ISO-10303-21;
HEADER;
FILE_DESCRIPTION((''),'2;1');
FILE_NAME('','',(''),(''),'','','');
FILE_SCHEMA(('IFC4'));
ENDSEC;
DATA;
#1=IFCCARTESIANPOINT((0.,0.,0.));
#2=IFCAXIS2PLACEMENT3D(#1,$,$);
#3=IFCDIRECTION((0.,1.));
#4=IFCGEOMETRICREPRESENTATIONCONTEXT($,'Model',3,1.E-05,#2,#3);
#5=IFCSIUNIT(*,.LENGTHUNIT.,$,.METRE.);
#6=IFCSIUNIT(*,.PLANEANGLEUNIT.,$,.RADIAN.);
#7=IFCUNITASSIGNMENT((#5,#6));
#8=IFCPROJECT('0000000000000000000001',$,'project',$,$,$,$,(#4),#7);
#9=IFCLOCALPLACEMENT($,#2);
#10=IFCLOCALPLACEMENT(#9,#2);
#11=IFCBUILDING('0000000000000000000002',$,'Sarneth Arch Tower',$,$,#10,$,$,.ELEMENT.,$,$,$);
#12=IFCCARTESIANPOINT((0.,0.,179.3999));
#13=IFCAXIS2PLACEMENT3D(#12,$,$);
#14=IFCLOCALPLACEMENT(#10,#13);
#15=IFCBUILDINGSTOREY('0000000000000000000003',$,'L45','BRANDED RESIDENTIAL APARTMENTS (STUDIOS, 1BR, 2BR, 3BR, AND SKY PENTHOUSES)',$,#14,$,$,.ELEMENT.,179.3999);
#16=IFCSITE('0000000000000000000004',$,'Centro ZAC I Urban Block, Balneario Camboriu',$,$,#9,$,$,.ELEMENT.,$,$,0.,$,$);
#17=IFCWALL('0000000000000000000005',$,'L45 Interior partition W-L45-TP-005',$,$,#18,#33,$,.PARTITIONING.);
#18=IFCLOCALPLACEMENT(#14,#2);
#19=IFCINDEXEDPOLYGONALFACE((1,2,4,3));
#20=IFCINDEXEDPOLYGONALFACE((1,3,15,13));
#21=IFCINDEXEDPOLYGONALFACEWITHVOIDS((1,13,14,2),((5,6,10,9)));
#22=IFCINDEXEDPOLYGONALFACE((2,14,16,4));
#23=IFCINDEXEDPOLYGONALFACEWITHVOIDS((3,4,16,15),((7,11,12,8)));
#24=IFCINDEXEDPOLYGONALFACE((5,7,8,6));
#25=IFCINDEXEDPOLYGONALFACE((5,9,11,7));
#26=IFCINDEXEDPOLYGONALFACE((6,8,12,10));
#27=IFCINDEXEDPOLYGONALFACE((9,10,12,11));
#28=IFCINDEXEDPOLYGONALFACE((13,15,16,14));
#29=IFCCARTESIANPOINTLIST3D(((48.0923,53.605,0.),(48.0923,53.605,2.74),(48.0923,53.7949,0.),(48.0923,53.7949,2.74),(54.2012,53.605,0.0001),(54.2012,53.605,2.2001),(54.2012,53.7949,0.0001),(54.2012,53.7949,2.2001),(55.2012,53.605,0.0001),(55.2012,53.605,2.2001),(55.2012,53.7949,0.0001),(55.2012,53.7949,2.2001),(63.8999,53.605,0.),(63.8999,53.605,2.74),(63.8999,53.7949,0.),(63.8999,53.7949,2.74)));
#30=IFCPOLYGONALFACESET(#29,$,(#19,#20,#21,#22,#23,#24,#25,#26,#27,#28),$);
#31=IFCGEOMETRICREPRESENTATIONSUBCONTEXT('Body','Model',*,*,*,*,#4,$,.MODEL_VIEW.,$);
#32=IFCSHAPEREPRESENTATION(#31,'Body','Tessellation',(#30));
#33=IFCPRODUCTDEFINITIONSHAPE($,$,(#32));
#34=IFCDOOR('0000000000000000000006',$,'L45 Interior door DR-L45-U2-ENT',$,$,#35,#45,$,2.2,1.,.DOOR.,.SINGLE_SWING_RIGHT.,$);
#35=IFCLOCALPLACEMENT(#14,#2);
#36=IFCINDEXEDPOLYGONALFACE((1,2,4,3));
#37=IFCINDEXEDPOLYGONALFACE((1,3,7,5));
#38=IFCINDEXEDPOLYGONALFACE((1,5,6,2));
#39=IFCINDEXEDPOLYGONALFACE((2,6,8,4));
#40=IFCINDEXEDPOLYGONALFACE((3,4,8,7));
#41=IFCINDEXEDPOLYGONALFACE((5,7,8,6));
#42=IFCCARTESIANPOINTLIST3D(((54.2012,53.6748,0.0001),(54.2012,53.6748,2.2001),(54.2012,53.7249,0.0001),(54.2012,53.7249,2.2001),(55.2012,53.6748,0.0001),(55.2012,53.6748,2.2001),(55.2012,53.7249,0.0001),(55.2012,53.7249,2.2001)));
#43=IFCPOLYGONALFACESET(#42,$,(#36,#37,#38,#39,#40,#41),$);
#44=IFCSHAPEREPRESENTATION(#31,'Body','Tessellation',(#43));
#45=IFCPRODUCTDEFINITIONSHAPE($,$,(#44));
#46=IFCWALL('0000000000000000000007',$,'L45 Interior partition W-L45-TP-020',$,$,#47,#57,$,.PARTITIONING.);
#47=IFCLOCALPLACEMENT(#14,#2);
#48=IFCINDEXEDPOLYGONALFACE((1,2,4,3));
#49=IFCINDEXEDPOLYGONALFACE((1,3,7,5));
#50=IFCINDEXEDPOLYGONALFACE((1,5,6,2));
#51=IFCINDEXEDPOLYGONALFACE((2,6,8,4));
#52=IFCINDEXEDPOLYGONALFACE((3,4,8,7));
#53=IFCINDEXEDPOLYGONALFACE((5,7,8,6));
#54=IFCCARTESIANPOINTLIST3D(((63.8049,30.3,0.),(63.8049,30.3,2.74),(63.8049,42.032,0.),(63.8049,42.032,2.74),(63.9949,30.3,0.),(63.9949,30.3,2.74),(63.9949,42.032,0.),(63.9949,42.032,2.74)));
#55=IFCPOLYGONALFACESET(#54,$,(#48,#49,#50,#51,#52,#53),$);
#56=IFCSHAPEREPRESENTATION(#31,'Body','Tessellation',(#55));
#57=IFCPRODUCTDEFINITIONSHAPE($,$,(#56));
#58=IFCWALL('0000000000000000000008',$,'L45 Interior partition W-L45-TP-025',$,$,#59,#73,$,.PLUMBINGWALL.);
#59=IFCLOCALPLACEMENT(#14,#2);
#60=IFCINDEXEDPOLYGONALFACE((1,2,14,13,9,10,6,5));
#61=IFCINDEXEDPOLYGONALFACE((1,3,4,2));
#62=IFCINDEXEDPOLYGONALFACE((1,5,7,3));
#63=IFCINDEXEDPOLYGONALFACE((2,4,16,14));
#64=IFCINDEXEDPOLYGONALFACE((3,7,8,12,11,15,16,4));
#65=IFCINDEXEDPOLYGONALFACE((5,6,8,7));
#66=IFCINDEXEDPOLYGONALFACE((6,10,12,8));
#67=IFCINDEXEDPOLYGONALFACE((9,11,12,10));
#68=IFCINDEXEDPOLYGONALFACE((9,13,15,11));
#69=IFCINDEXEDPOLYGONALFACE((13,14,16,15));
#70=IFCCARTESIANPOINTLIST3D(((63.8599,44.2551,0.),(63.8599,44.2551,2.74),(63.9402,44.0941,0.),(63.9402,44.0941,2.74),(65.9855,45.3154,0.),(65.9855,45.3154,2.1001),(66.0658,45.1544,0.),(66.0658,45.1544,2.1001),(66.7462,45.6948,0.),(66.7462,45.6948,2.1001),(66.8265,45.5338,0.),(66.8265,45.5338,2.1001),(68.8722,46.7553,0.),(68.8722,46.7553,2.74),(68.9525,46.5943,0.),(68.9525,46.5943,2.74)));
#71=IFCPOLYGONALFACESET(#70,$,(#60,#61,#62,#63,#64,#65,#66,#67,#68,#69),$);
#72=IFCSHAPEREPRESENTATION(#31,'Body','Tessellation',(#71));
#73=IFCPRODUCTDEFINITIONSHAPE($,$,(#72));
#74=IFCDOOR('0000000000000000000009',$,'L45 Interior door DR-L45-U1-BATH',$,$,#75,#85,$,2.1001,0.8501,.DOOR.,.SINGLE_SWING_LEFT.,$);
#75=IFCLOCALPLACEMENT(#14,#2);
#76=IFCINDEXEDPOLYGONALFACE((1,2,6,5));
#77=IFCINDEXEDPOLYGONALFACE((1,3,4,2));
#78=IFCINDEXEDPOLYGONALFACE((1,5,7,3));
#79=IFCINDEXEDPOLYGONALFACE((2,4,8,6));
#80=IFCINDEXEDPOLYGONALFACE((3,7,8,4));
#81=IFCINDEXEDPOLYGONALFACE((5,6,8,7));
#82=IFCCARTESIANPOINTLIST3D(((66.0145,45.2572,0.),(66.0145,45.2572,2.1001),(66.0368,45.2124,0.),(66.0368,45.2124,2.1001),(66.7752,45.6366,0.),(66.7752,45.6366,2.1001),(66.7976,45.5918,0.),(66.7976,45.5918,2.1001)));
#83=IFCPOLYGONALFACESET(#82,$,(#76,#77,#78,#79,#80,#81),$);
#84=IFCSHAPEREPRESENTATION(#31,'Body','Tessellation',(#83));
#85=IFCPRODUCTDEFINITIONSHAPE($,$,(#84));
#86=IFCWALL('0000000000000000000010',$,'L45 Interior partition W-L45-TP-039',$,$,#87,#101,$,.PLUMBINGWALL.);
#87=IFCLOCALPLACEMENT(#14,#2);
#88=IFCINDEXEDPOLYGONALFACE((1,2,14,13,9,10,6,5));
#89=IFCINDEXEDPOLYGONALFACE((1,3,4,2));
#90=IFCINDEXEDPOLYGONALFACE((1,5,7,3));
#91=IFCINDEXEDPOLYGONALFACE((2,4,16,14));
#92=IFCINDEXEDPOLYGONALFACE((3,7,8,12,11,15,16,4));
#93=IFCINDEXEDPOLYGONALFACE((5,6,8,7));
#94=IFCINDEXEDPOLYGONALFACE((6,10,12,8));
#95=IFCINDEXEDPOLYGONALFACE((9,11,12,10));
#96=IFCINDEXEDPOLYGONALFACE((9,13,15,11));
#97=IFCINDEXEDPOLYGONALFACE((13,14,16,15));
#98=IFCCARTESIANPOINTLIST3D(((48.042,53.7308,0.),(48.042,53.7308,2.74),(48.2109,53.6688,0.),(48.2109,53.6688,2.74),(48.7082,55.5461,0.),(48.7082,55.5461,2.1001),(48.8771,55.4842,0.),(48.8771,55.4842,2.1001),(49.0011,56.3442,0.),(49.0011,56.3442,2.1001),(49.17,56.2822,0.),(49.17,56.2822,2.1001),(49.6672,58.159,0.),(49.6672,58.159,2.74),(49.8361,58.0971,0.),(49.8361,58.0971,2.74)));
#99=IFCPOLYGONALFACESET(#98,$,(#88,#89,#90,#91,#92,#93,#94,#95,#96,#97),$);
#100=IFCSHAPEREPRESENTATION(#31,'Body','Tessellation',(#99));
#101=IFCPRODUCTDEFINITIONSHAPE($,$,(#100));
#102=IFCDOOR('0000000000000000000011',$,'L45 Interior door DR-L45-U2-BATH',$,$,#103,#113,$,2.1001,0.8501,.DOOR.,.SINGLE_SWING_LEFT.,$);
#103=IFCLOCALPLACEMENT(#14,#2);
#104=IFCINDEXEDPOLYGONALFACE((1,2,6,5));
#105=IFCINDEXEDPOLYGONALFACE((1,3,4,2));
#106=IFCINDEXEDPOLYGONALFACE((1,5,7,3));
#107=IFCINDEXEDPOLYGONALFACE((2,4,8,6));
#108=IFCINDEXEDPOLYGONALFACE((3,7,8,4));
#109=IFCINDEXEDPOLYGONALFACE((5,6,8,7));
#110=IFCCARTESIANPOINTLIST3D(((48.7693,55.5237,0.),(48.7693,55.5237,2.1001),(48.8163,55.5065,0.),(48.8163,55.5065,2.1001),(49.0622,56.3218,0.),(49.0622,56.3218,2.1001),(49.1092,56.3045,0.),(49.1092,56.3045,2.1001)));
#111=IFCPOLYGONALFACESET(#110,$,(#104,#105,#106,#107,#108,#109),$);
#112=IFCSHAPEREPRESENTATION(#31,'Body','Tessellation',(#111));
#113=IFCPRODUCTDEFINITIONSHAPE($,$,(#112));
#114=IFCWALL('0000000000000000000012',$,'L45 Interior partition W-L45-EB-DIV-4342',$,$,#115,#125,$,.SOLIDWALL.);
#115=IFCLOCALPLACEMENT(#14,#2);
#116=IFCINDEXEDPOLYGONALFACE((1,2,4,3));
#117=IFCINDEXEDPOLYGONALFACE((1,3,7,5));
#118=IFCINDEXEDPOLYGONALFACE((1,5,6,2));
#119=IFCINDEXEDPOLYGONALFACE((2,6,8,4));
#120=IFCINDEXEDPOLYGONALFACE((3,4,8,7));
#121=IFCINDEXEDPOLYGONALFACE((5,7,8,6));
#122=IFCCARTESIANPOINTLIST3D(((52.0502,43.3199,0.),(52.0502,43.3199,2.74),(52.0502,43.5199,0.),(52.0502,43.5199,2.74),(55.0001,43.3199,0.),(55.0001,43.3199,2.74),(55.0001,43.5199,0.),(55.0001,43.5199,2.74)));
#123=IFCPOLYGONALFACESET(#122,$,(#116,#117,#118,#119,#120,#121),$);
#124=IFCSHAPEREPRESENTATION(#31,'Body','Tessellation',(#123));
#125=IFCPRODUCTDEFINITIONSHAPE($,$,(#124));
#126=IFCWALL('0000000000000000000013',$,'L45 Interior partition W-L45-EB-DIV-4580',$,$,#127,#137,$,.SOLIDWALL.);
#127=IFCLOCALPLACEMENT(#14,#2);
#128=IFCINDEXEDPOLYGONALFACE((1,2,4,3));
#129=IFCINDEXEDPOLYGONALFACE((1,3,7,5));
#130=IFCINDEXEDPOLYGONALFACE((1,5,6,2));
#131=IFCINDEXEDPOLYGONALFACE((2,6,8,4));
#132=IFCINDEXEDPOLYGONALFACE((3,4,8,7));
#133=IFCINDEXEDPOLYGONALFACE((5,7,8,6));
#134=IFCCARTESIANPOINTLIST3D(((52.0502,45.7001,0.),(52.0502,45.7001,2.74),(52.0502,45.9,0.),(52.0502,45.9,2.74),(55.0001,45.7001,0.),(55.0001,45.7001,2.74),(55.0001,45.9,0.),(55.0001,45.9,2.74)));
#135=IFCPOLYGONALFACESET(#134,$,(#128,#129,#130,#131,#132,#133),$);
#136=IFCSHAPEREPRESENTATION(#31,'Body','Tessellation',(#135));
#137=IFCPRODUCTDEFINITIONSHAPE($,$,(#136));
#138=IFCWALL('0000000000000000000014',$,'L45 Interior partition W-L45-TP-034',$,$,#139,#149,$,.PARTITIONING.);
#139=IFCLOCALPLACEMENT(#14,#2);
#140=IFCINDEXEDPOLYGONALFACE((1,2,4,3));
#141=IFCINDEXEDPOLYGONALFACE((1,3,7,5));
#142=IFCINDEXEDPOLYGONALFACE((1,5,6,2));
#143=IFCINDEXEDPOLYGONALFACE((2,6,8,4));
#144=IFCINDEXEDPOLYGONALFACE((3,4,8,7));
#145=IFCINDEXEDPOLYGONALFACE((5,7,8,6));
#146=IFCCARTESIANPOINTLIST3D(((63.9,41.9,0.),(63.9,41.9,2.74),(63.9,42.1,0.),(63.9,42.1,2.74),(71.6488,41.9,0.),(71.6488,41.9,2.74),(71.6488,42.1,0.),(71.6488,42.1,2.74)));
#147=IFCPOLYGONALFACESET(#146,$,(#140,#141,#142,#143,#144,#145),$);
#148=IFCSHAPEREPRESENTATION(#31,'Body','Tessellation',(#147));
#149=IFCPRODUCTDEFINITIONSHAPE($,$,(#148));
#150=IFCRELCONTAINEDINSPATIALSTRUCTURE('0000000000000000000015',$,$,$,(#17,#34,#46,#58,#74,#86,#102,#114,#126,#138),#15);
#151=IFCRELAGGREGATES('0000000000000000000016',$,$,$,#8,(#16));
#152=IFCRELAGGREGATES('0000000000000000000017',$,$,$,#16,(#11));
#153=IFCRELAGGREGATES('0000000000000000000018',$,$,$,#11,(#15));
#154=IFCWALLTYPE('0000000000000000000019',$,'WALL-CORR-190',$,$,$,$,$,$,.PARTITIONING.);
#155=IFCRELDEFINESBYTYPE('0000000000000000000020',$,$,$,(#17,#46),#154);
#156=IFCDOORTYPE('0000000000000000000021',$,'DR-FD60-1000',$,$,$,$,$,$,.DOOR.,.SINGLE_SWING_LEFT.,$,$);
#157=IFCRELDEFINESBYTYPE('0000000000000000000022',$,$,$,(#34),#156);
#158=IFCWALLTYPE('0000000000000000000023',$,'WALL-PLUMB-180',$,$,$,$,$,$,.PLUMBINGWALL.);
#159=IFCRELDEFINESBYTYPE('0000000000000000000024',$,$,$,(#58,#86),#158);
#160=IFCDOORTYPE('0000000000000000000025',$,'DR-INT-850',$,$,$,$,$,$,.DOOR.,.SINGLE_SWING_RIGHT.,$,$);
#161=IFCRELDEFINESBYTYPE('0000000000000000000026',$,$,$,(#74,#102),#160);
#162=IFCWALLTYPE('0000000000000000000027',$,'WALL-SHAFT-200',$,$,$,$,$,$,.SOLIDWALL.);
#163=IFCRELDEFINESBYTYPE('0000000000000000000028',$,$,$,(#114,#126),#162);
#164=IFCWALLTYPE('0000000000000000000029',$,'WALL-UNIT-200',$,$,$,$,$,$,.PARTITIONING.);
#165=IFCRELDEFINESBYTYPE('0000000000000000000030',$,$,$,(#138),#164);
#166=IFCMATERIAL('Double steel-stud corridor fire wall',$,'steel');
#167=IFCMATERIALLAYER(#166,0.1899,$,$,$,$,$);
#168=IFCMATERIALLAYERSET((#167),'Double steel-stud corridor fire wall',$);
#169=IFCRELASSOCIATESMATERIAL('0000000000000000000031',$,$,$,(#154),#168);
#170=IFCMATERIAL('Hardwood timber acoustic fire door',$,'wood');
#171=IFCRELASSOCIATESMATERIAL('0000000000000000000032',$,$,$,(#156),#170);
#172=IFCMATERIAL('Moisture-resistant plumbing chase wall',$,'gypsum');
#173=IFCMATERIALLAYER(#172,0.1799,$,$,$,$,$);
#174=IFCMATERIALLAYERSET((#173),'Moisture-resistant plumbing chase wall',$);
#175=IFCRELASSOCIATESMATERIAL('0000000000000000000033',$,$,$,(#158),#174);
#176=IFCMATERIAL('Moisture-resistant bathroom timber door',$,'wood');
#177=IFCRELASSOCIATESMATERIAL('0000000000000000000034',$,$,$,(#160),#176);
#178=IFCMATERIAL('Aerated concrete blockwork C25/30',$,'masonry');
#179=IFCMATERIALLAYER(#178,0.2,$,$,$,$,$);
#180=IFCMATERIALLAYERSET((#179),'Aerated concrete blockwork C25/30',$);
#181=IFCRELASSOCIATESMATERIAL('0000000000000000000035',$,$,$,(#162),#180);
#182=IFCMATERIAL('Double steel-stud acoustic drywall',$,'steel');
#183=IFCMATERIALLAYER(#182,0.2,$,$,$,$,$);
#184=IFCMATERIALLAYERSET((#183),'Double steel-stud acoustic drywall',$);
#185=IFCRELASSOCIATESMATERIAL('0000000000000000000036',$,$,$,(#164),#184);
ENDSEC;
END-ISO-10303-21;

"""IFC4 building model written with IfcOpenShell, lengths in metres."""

from ifc_helpers import new_model, si_unit, direction, frame, frame_2d, origin, place, context, subcontext, project, spatial, rectangle, extrude, material, layer, layer_set, type_object, element, fill, save


model = new_model("IFC4")

# Units and contexts
model_context = context("Model", 3, precision=1e-05, world=origin(), true_north=direction((0.0, 1.0)))
body_context = subcontext(model_context, "Body", "Model", "MODEL_VIEW")
ifc_project = project(units=[si_unit("LENGTHUNIT", "METRE"), si_unit("PLANEANGLEUNIT", "RADIAN")], contexts=[model_context])

# Site, building, storey
site_placement = place(None, origin())
site = spatial("IfcSite", under=ifc_project, at=site_placement, Name="Centro ZAC I Urban Block, Balneario Camboriu", CompositionType="ELEMENT", RefElevation=0.0)
building_placement = place(site_placement, origin())
building = spatial("IfcBuilding", under=site, at=building_placement, Name="Sarneth Arch Tower", CompositionType="ELEMENT")
storey_placement = place(building_placement, frame((0.0, 0.0, 179.3999)))
storey = spatial("IfcBuildingStorey", under=building, at=storey_placement, Name="L45", Description="BRANDED RESIDENTIAL APARTMENTS (STUDIOS, 1BR, 2BR, 3BR, AND SKY PENTHOUSES)", CompositionType="ELEMENT", Elevation=179.3999)

# Wall, opening, door
ifc_material_1 = material(Name="Double steel-stud corridor fire wall", Category="steel")
ifc_layer_1 = layer(ifc_material_1, 0.1899)
ifc_layer_set_1 = layer_set([ifc_layer_1], Name="Double steel-stud corridor fire wall")
wall_type_1 = type_object("IfcWallType", Name="WALL-CORR-190", PredefinedType="PARTITIONING", material=ifc_layer_set_1)
ifc_material_2 = material(Name="Hardwood timber acoustic fire door", Category="wood")
door_type_1 = type_object("IfcDoorType", Name="DR-FD60-1000", OperationType="SINGLE_SWING_LEFT", PredefinedType="DOOR", material=ifc_material_2)
wall_1_placement = place(storey_placement, frame((48.0923, 53.7, 0.0), z_axis=(0.0, 0.0, 1.0), x_axis=(1.0, 0.0, 0.0)))
wall_1 = element("IfcWall", 1, at=wall_1_placement, inside=storey, type_object=wall_type_1, Name="L45 Interior partition W-L45-TP-005", PredefinedType="PARTITIONING", context=body_context, shape_type="SweptSolid", body=[
    extrude(rectangle(XDim=15.8076, YDim=0.1899, at=frame_2d((7.9038, 0.0))), origin(), (0.0, 0.0, 1.0), 2.74),
])
opening_1_placement = place(wall_1_placement, frame((6.1089, 0.0, 0.0)))
opening_1 = element("IfcOpeningElement", 2, at=opening_1_placement, cuts=wall_1, PredefinedType="OPENING", context=body_context, shape_type="SweptSolid", body=[
    extrude(rectangle(XDim=1.0, YDim=2.2, at=frame_2d((0.5, 1.1001))), frame((0.0, 0.105, 0.0), z_axis=(0.0, -1.0, 0.0), x_axis=(1.0, 0.0, 0.0)), (0.0, 0.0, 1.0), 0.21),
])
door_1_placement = place(opening_1_placement, origin())
door_1 = element("IfcDoor", 3, at=door_1_placement, inside=storey, type_object=door_type_1, Name="L45 Interior door DR-L45-U2-ENT", OperationType="SINGLE_SWING_RIGHT", OverallHeight=2.2, OverallWidth=1.0, PredefinedType="DOOR", context=body_context, shape_type="SweptSolid", body=[
    extrude(rectangle(XDim=1.0, YDim=2.2, at=frame_2d((0.5, 1.1001))), frame((0.0, 0.0249, 0.0), z_axis=(0.0, -1.0, 0.0), x_axis=(1.0, 0.0, 0.0)), (0.0, 0.0, 1.0), 0.05),
])
fill(opening_1, door_1)

# Wall
wall_2_placement = place(storey_placement, frame((63.8999, 42.032, 0.0), z_axis=(0.0, 0.0, 1.0), x_axis=(0.0, -1.0, 0.0)))
element("IfcWall", 4, at=wall_2_placement, inside=storey, type_object=wall_type_1, Name="L45 Interior partition W-L45-TP-020", PredefinedType="PARTITIONING", context=body_context, shape_type="SweptSolid", body=[
    extrude(rectangle(XDim=11.7319, YDim=0.1899, at=frame_2d((5.866, 0.0))), origin(), (0.0, 0.0, 1.0), 2.74),
])

# Walls, openings, doors
ifc_material_3 = material(Name="Moisture-resistant plumbing chase wall", Category="gypsum")
ifc_layer_2 = layer(ifc_material_3, 0.1799)
ifc_layer_set_2 = layer_set([ifc_layer_2], Name="Moisture-resistant plumbing chase wall")
wall_type_2 = type_object("IfcWallType", Name="WALL-PLUMB-180", PredefinedType="PLUMBINGWALL", material=ifc_layer_set_2)
wall_3_placement = place(storey_placement, frame((63.8999, 44.1746, 0.0), z_axis=(0.0, 0.0, 1.0), x_axis=(0.894854, 0.446359, 0.0)))
wall_3 = element("IfcWall", 5, at=wall_3_placement, inside=storey, type_object=wall_type_2, Name="L45 Interior partition W-L45-TP-025", PredefinedType="PLUMBINGWALL", context=body_context, shape_type="SweptSolid", body=[
    extrude(rectangle(XDim=5.6013, YDim=0.1799, at=frame_2d((2.8008, 0.0))), origin(), (0.0, 0.0, 1.0), 2.74),
])
opening_2_placement = place(wall_3_placement, frame((2.3755, 0.0, 0.0)))
opening_2 = element("IfcOpeningElement", 6, at=opening_2_placement, cuts=wall_3, PredefinedType="OPENING", context=body_context, shape_type="SweptSolid", body=[
    extrude(rectangle(XDim=0.8501, YDim=2.1001, at=frame_2d((0.425, 1.05))), frame((0.0, 0.0999, 0.0), z_axis=(0.0, -1.0, 0.0), x_axis=(1.0, 0.0, 0.0)), (0.0, 0.0, 1.0), 0.2),
])
ifc_material_4 = material(Name="Moisture-resistant bathroom timber door", Category="wood")
door_type_2 = type_object("IfcDoorType", Name="DR-INT-850", OperationType="SINGLE_SWING_RIGHT", PredefinedType="DOOR", material=ifc_material_4)
door_2_placement = place(opening_2_placement, origin())
door_2 = element("IfcDoor", 7, at=door_2_placement, inside=storey, type_object=door_type_2, Name="L45 Interior door DR-L45-U1-BATH", OperationType="SINGLE_SWING_LEFT", OverallHeight=2.1001, OverallWidth=0.8501, PredefinedType="DOOR", context=body_context, shape_type="SweptSolid", body=[
    extrude(rectangle(XDim=0.8501, YDim=2.1001, at=frame_2d((0.425, 1.05))), frame((0.0, 0.0249, 0.0), z_axis=(0.0, -1.0, 0.0), x_axis=(1.0, 0.0, 0.0)), (0.0, 0.0, 1.0), 0.05),
])
fill(opening_2, door_2)
wall_4_placement = place(storey_placement, frame((48.1265, 53.7, 0.0), z_axis=(0.0, 0.0, 1.0), x_axis=(0.344547, 0.938769, 0.0)))
wall_4 = element("IfcWall", 8, at=wall_4_placement, inside=storey, type_object=wall_type_2, Name="L45 Interior partition W-L45-TP-039", PredefinedType="PLUMBINGWALL", context=body_context, shape_type="SweptSolid", body=[
    extrude(rectangle(XDim=4.717, YDim=0.1799, at=frame_2d((2.3584, 0.0))), origin(), (0.0, 0.0, 1.0), 2.74),
])
opening_3_placement = place(wall_4_placement, frame((1.9336, 0.0, 0.0)))
opening_3 = element("IfcOpeningElement", 9, at=opening_3_placement, cuts=wall_4, PredefinedType="OPENING", context=body_context, shape_type="SweptSolid", body=[
    extrude(rectangle(XDim=0.8501, YDim=2.1001, at=frame_2d((0.425, 1.05))), frame((0.0, 0.0999, 0.0), z_axis=(0.0, -1.0, 0.0), x_axis=(1.0, 0.0, 0.0)), (0.0, 0.0, 1.0), 0.2),
])
door_3_placement = place(opening_3_placement, origin())
door_3 = element("IfcDoor", 10, at=door_3_placement, inside=storey, type_object=door_type_2, Name="L45 Interior door DR-L45-U2-BATH", OperationType="SINGLE_SWING_LEFT", OverallHeight=2.1001, OverallWidth=0.8501, PredefinedType="DOOR", context=body_context, shape_type="SweptSolid", body=[
    extrude(rectangle(XDim=0.8501, YDim=2.1001, at=frame_2d((0.425, 1.05))), frame((0.0, 0.0249, 0.0), z_axis=(0.0, -1.0, 0.0), x_axis=(1.0, 0.0, 0.0)), (0.0, 0.0, 1.0), 0.05),
])
fill(opening_3, door_3)

# Walls
ifc_material_5 = material(Name="Aerated concrete blockwork C25/30", Category="masonry")
ifc_layer_3 = layer(ifc_material_5, 0.2)
ifc_layer_set_3 = layer_set([ifc_layer_3], Name="Aerated concrete blockwork C25/30")
wall_type_3 = type_object("IfcWallType", Name="WALL-SHAFT-200", PredefinedType="SOLIDWALL", material=ifc_layer_set_3)
for number, where, z_axis, x_axis, name in (
    (11, (52.05, 43.4199, 0.0), (0.0, 0.0, 1.0), (1.0, 0.0, 0.0), "L45 Interior partition W-L45-EB-DIV-4342"),
    (12, (52.05, 45.8, 0.0), (0.0, 0.0, 1.0), (1.0, 0.0, 0.0), "L45 Interior partition W-L45-EB-DIV-4580"),
):
    element("IfcWall", number, at=place(storey_placement, frame(where, z_axis=z_axis, x_axis=x_axis)), inside=storey, type_object=wall_type_3, Name=name, PredefinedType="SOLIDWALL", context=body_context, shape_type="SweptSolid", body=[
        extrude(rectangle(XDim=2.95, YDim=0.2, at=frame_2d((1.4751, 0.0))), origin(), (0.0, 0.0, 1.0), 2.74),
    ])
ifc_material_6 = material(Name="Double steel-stud acoustic drywall", Category="steel")
ifc_layer_4 = layer(ifc_material_6, 0.2)
ifc_layer_set_4 = layer_set([ifc_layer_4], Name="Double steel-stud acoustic drywall")
wall_type_4 = type_object("IfcWallType", Name="WALL-UNIT-200", PredefinedType="PARTITIONING", material=ifc_layer_set_4)
wall_5_placement = place(storey_placement, frame((63.8999, 42.0, 0.0), z_axis=(0.0, 0.0, 1.0), x_axis=(1.0, 0.0, 0.0)))
element("IfcWall", 13, at=wall_5_placement, inside=storey, type_object=wall_type_4, Name="L45 Interior partition W-L45-TP-034", PredefinedType="PARTITIONING", context=body_context, shape_type="SweptSolid", body=[
    extrude(rectangle(XDim=7.7488, YDim=0.2, at=frame_2d((3.8745, 0.0))), origin(), (0.0, 0.0, 1.0), 2.74),
])

save(model, "model.ifc")
